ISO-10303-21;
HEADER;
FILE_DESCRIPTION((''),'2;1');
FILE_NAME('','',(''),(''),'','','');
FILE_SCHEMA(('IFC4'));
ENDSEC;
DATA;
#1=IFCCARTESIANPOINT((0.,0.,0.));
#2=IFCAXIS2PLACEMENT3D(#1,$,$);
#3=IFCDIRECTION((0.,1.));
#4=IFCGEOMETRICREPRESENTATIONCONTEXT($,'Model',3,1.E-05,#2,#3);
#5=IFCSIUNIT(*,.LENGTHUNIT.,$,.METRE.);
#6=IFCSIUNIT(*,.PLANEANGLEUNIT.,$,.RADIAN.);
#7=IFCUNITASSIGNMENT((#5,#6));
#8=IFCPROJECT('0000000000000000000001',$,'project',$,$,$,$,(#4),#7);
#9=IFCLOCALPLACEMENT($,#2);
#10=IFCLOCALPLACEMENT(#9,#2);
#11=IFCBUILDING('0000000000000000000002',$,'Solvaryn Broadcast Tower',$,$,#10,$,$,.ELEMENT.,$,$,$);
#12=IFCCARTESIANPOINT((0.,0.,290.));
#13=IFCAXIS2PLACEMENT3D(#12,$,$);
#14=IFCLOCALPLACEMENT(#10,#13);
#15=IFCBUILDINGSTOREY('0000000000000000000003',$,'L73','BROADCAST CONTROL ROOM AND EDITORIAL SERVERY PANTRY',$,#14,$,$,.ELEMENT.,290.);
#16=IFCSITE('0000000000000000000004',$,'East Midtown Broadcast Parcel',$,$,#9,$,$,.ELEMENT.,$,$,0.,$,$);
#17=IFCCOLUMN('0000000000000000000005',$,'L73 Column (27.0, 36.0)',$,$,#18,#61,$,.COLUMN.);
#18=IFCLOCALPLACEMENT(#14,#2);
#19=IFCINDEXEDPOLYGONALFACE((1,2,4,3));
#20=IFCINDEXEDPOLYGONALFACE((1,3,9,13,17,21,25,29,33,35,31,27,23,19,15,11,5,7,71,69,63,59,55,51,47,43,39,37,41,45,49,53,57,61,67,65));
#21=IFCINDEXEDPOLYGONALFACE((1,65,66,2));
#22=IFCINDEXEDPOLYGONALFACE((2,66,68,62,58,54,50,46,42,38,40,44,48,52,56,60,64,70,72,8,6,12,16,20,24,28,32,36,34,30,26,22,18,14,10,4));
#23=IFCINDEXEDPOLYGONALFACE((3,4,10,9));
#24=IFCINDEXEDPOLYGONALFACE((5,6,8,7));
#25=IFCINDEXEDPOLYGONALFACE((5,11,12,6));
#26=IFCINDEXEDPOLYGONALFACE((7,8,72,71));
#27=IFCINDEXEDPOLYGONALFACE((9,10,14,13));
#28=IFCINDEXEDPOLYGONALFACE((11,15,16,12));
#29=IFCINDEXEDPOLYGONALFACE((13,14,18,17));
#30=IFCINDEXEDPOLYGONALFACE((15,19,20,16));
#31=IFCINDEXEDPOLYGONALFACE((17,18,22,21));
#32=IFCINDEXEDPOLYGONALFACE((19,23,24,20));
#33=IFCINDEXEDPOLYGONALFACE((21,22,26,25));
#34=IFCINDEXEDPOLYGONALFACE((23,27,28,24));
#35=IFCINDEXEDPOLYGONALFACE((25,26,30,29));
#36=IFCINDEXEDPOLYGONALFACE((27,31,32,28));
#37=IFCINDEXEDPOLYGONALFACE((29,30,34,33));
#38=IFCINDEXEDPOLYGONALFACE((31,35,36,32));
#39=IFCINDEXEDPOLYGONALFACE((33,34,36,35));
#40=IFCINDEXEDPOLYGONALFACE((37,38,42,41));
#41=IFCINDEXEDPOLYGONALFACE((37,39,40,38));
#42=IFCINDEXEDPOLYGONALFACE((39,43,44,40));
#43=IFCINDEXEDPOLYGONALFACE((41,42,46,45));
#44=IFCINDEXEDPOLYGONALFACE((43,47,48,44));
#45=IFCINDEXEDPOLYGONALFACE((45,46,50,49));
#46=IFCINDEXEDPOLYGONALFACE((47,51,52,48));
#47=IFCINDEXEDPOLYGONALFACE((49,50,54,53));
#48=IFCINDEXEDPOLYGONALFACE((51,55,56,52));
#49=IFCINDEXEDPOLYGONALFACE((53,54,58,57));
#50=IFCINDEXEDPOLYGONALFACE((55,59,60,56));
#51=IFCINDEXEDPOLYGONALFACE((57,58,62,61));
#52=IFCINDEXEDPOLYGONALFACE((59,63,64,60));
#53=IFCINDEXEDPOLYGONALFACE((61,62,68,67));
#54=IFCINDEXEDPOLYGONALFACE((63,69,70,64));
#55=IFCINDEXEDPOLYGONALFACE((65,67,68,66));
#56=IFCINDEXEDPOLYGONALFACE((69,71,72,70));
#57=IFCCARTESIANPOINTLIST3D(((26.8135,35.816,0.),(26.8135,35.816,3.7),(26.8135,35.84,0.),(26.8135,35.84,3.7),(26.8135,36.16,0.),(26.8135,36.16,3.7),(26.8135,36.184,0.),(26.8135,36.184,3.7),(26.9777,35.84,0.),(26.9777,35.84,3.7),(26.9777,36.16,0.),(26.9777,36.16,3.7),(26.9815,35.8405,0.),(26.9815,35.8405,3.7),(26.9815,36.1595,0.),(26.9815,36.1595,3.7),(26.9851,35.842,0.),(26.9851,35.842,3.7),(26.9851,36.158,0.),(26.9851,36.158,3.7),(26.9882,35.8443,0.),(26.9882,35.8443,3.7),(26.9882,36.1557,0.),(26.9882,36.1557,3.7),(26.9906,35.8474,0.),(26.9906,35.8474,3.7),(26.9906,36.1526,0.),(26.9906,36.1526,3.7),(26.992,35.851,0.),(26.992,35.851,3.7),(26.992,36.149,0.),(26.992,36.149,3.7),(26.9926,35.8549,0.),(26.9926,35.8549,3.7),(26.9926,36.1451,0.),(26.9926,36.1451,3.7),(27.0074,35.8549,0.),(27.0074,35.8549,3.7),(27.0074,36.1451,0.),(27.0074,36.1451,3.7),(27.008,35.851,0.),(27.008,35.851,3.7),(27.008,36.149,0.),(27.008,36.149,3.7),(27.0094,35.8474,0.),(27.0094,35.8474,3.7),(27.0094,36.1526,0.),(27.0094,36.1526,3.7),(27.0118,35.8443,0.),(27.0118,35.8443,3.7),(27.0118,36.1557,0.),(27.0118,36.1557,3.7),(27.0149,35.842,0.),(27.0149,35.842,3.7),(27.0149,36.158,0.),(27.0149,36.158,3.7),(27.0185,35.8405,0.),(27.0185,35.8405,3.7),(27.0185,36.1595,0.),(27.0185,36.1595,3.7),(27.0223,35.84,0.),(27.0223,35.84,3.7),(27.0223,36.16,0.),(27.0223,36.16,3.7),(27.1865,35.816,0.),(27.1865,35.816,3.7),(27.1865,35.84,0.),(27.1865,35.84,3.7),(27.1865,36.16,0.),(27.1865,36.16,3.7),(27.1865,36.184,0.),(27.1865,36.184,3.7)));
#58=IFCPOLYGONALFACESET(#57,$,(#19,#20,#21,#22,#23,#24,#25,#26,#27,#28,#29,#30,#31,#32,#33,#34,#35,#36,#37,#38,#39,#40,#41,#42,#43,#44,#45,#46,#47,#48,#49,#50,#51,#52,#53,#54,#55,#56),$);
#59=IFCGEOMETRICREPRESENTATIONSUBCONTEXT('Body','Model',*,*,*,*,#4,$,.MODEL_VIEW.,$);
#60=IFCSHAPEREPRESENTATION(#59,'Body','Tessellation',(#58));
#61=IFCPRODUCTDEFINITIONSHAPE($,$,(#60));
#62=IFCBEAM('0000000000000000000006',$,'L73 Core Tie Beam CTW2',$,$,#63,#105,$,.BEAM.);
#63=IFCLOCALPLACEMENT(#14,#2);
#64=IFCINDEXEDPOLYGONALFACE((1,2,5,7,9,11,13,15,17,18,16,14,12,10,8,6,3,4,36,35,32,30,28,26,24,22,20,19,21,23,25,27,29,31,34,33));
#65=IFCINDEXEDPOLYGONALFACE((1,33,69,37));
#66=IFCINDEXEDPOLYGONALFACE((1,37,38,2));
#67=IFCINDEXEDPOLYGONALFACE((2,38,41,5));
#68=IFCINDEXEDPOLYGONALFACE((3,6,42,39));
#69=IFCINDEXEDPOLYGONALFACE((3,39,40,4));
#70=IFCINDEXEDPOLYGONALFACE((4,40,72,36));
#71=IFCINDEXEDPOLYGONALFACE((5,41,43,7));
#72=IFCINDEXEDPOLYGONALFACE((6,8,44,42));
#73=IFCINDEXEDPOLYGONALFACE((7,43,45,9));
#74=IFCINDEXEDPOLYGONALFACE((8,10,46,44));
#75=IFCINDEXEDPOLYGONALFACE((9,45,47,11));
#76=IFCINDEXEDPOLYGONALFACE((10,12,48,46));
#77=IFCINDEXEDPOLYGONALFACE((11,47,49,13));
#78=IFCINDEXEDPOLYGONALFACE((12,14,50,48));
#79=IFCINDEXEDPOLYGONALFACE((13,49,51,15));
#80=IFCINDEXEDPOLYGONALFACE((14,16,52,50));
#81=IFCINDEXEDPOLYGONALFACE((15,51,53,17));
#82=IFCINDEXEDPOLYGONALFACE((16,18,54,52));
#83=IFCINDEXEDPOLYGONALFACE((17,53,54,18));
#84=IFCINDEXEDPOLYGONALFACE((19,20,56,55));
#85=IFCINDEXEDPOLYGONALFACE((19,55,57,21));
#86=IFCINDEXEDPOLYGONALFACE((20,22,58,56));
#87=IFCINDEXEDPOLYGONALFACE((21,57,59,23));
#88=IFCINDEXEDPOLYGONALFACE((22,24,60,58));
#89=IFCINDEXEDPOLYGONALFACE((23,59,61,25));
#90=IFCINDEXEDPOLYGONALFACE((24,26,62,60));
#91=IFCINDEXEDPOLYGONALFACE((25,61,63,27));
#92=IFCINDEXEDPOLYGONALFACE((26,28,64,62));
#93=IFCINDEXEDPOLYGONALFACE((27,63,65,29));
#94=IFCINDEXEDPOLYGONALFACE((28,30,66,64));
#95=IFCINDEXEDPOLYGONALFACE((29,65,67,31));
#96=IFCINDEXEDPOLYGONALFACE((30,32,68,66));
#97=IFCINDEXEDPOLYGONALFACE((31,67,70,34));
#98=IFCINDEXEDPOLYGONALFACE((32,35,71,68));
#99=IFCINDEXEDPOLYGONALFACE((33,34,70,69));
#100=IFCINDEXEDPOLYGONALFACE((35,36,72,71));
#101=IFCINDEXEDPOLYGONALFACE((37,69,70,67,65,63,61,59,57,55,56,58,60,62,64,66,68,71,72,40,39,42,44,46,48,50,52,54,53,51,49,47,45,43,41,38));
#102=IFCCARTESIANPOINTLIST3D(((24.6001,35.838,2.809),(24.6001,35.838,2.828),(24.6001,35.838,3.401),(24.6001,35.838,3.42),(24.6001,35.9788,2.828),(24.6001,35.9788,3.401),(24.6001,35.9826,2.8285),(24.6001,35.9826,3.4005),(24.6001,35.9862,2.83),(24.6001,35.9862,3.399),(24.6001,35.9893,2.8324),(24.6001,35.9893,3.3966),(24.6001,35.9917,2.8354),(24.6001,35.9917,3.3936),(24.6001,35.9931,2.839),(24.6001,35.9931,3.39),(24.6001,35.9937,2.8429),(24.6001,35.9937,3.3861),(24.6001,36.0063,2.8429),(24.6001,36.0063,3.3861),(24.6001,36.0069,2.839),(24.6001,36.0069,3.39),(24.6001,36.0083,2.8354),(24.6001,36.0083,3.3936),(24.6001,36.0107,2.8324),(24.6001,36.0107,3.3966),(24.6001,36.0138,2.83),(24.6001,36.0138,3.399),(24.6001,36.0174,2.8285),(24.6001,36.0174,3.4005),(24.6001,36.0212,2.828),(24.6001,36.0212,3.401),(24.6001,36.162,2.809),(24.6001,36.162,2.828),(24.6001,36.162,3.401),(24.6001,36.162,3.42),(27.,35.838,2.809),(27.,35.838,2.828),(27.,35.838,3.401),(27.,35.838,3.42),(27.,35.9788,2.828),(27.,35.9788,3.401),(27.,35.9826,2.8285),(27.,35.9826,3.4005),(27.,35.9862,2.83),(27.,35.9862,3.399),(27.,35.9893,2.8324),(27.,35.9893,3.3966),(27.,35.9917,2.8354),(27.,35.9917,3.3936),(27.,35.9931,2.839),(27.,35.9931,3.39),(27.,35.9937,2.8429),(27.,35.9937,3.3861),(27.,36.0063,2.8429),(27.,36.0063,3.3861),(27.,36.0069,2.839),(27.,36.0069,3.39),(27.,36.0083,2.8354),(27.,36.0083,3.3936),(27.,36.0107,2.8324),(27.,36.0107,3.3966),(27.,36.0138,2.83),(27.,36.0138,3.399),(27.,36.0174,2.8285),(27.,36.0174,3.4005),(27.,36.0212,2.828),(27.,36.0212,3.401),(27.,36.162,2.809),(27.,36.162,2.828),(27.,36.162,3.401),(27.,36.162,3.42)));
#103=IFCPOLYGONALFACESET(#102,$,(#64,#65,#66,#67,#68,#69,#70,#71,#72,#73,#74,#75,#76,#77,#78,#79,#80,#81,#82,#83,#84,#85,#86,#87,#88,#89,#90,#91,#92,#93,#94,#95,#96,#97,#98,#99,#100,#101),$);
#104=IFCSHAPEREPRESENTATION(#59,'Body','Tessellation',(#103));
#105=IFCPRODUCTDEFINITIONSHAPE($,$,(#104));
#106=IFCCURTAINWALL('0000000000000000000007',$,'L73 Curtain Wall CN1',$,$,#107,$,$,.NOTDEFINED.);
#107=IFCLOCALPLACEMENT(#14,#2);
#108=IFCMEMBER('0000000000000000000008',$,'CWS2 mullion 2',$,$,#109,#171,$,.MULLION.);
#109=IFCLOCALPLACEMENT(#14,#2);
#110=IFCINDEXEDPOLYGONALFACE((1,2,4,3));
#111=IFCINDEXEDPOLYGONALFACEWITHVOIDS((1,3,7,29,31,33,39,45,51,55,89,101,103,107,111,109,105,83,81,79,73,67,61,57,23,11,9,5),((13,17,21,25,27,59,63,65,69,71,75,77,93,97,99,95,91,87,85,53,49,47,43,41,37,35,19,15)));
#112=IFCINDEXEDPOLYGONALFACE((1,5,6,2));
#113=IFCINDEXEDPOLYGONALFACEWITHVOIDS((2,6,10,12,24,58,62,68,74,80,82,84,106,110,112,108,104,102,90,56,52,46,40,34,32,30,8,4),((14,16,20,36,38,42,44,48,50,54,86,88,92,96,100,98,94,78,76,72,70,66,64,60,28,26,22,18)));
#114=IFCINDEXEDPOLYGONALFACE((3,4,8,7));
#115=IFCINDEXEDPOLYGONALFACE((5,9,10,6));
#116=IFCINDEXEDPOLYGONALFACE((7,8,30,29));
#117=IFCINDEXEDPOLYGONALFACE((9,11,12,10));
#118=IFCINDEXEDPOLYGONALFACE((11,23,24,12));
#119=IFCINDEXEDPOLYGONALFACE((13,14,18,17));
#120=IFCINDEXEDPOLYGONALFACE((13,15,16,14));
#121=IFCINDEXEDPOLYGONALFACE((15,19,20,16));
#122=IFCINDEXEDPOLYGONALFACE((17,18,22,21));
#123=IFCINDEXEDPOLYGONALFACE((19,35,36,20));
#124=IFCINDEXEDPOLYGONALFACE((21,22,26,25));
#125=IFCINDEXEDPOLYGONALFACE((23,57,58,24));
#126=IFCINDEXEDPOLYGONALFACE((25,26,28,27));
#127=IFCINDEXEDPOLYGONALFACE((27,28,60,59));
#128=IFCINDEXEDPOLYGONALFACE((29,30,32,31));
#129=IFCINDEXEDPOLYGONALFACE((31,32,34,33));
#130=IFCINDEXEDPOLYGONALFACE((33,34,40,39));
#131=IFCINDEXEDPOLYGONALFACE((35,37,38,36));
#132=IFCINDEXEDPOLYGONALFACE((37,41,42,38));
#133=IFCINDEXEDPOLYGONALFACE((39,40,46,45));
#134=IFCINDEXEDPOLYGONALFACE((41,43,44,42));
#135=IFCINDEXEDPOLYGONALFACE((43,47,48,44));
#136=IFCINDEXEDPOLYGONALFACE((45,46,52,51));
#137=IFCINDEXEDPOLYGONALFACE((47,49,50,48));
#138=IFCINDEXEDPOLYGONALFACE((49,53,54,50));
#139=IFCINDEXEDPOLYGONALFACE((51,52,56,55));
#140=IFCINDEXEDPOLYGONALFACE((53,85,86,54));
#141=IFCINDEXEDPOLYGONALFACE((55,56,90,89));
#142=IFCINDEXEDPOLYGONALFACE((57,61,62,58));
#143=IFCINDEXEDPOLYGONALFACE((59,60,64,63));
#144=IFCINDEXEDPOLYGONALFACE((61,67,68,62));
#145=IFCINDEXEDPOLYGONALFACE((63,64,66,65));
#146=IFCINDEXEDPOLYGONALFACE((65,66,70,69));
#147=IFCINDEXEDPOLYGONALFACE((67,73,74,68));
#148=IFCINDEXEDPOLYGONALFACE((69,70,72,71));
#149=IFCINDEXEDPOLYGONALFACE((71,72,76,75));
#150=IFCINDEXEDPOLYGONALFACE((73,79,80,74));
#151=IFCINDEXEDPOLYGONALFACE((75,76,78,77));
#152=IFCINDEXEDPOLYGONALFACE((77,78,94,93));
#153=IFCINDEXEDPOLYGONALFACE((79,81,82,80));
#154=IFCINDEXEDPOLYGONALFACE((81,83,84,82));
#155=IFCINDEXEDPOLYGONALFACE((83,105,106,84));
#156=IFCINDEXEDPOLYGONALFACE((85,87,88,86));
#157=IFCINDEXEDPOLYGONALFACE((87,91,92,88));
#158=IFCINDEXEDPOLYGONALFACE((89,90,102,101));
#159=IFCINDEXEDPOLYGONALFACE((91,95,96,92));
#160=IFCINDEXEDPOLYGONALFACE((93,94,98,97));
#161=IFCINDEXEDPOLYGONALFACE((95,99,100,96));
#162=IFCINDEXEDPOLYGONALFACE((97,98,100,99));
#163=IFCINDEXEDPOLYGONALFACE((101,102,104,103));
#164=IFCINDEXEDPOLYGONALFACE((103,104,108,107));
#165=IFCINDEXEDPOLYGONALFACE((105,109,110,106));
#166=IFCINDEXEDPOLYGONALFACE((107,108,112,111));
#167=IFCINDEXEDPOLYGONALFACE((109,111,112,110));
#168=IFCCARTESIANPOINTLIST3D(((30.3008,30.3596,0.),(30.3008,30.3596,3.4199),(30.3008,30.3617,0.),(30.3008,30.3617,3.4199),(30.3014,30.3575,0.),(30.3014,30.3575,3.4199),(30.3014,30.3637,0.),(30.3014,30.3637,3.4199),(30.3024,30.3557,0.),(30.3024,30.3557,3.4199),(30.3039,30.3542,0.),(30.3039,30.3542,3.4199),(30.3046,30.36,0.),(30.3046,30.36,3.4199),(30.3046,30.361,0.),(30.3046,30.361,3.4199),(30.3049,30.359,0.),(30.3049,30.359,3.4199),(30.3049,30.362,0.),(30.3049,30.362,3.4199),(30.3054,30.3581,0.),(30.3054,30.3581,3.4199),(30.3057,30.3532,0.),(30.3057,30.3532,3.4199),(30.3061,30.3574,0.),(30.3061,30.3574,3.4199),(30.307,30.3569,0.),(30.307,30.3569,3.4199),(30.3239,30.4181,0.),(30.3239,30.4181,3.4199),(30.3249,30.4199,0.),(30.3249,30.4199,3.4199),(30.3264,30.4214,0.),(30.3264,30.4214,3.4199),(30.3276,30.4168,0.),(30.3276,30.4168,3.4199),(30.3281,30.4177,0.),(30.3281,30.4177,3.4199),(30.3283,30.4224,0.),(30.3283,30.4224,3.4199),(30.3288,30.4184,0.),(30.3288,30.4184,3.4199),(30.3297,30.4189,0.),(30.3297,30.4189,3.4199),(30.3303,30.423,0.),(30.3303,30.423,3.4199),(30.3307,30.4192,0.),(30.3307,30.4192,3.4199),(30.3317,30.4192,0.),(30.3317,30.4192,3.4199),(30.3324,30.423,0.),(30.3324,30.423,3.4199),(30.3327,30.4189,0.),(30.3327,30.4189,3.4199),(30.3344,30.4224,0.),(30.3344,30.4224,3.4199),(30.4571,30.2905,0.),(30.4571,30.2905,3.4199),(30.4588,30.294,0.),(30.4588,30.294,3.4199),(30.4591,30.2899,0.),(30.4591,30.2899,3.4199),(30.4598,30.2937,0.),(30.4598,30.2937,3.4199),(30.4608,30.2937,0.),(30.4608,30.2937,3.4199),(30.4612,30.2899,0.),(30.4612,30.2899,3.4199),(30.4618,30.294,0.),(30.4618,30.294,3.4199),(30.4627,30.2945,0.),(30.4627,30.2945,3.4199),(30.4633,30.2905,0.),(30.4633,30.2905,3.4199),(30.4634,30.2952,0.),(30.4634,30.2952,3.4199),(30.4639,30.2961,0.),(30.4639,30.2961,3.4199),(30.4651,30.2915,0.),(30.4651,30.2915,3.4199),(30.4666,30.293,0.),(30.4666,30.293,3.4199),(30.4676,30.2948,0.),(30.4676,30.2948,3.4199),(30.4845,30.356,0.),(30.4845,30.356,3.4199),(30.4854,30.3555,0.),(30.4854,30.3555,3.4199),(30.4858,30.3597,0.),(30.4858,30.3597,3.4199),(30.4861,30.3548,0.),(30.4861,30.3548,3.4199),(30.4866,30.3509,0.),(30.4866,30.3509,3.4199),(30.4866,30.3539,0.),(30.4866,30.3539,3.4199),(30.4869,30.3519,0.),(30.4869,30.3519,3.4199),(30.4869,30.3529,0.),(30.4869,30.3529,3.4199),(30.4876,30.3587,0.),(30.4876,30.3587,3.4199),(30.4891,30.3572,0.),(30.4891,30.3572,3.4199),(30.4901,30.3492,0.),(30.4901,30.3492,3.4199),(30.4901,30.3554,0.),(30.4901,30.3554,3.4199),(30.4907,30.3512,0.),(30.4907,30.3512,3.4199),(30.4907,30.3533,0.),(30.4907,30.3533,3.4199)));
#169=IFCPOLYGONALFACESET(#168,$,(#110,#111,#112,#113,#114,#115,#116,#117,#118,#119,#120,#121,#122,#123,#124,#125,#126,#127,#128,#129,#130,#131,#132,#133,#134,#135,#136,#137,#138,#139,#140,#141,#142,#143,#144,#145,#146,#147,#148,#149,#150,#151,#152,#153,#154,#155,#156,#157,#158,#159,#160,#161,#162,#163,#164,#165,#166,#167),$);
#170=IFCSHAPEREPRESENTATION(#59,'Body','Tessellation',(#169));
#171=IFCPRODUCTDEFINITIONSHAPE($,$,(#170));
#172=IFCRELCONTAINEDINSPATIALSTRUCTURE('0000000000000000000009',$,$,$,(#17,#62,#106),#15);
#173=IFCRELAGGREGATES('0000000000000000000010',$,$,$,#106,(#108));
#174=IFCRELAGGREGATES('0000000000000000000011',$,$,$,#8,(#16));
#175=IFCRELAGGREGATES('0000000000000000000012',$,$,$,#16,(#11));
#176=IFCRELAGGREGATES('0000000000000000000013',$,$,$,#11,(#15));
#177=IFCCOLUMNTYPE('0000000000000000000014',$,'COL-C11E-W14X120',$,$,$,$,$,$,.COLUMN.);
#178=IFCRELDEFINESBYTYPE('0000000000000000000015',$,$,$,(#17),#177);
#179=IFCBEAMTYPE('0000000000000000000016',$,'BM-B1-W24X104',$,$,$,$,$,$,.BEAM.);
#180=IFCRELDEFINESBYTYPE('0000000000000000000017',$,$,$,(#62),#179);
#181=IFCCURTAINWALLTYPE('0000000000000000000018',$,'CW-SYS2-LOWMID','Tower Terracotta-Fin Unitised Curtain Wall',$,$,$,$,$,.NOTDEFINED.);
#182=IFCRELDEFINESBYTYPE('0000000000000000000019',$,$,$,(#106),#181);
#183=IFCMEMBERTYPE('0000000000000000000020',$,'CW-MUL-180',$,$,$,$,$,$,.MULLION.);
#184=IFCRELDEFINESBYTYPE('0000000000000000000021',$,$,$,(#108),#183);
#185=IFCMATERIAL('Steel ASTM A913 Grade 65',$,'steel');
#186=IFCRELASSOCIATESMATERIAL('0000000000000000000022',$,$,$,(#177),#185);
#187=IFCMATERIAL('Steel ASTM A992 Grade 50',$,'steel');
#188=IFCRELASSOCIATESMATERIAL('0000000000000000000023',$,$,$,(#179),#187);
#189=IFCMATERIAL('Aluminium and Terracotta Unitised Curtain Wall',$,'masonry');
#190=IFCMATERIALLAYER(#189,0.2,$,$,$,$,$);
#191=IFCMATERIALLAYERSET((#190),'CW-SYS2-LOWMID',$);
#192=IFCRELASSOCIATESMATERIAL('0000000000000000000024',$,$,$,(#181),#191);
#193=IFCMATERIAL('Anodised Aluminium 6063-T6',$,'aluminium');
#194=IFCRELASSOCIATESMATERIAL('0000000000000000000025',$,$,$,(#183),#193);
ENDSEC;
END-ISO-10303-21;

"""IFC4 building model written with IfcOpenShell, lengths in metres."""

from ifc_helpers import new_model, si_unit, direction, frame, origin, origin_2d, place, context, subcontext, project, spatial, hollow_rectangle, i_section, extrude, material, layer, layer_set, material_profile, profile_set, type_object, element, aggregate, save


model = new_model("IFC4")

# Units and contexts
model_context = context("Model", 3, precision=1e-05, world=origin(), true_north=direction((0.0, 1.0)))
body_context = subcontext(model_context, "Body", "Model", "MODEL_VIEW")
ifc_project = project(units=[si_unit("LENGTHUNIT", "METRE"), si_unit("PLANEANGLEUNIT", "RADIAN")], contexts=[model_context])

# Site, building, storey
site_placement = place(None, origin())
site = spatial("IfcSite", under=ifc_project, at=site_placement, Name="East Midtown Broadcast Parcel", CompositionType="ELEMENT", RefElevation=0.0)
building_placement = place(site_placement, origin())
building = spatial("IfcBuilding", under=site, at=building_placement, Name="Solvaryn Broadcast Tower", CompositionType="ELEMENT")
storey_placement = place(building_placement, frame((0.0, 0.0, 290.0)))
storey = spatial("IfcBuildingStorey", under=building, at=storey_placement, Name="L73", Description="BROADCAST CONTROL ROOM AND EDITORIAL SERVERY PANTRY", CompositionType="ELEMENT", Elevation=290.0)

# Column
ifc_material_1 = material(Name="Steel ASTM A913 Grade 65", Category="steel")
ifc_material_profile_1 = material_profile(ifc_material_1, i_section(OverallWidth=0.373, OverallDepth=0.3679, WebThickness=0.0149, FlangeThickness=0.0239, FilletRadius=0.0149, at=origin_2d()))
ifc_profile_set_1 = profile_set([ifc_material_profile_1], Name="Steel ASTM A913 Grade 65")
column_type = type_object("IfcColumnType", Name="COL-C11E-W14X120", PredefinedType="COLUMN", material=ifc_profile_set_1)
column_placement = place(storey_placement, frame((27.0, 36.0, 0.0), z_axis=(0.0, 0.0, 1.0), x_axis=(1.0, 0.0, 0.0)))
element("IfcColumn", 1, at=column_placement, inside=storey, type_object=column_type, Name="L73 Column (27.0, 36.0)", PredefinedType="COLUMN", context=body_context, shape_type="SweptSolid", body=[
    extrude(i_section(OverallWidth=0.373, OverallDepth=0.3679, WebThickness=0.0149, FlangeThickness=0.0239, FilletRadius=0.0149, at=origin_2d()), origin(), (0.0, 0.0, 1.0), 3.7),
])

# Beam
ifc_material_2 = material(Name="Steel ASTM A992 Grade 50", Category="steel")
ifc_material_profile_2 = material_profile(ifc_material_2, i_section(OverallWidth=0.324, OverallDepth=0.6111, WebThickness=0.0127, FlangeThickness=0.019, FilletRadius=0.0149, at=origin_2d()))
ifc_profile_set_2 = profile_set([ifc_material_profile_2], Name="Steel ASTM A992 Grade 50")
beam_type = type_object("IfcBeamType", Name="BM-B1-W24X104", PredefinedType="BEAM", material=ifc_profile_set_2)
beam_placement = place(storey_placement, frame((24.6001, 36.0, 3.1145), z_axis=(1.0, 0.0, 0.0), x_axis=(0.0, 1.0, 0.0)))
element("IfcBeam", 2, at=beam_placement, inside=storey, type_object=beam_type, Name="L73 Core Tie Beam CTW2", PredefinedType="BEAM", context=body_context, shape_type="SweptSolid", body=[
    extrude(i_section(OverallWidth=0.324, OverallDepth=0.6111, WebThickness=0.0127, FlangeThickness=0.019, FilletRadius=0.0149, at=origin_2d()), origin(), (0.0, 0.0, 1.0), 2.3999),
])

# Curtain wall, member
ifc_material_3 = material(Name="Aluminium and Terracotta Unitised Curtain Wall", Category="masonry")
ifc_layer_1 = layer(ifc_material_3, 0.2)
ifc_layer_set_1 = layer_set([ifc_layer_1], Name="CW-SYS2-LOWMID")
curtain_wall_type = type_object("IfcCurtainWallType", Name="CW-SYS2-LOWMID", Description="Tower Terracotta-Fin Unitised Curtain Wall", PredefinedType="NOTDEFINED", material=ifc_layer_set_1)
curtain_wall_1_placement = place(storey_placement, origin())
curtain_wall_1 = element("IfcCurtainWall", 3, at=curtain_wall_1_placement, inside=storey, type_object=curtain_wall_type, Name="L73 Curtain Wall CN1", PredefinedType="NOTDEFINED")
ifc_material_4 = material(Name="Anodised Aluminium 6063-T6", Category="aluminium")
ifc_material_profile_3 = material_profile(ifc_material_4, hollow_rectangle(XDim=0.075, YDim=0.1799, WallThickness=0.0039, InnerFilletRadius=0.0039, OuterFilletRadius=0.0081, at=origin_2d()))
ifc_profile_set_3 = profile_set([ifc_material_profile_3], Name="Anodised Aluminium 6063-T6")
member_type_1 = type_object("IfcMemberType", Name="CW-MUL-180", PredefinedType="MULLION", material=ifc_profile_set_3)
member_1_placement = place(storey_placement, frame((30.3958, 30.3564, 0.0), z_axis=(0.0, 0.0, 1.0), x_axis=(-0.382646, -0.923895, 0.0)))
member_1 = element("IfcMember", 4, at=member_1_placement, type_object=member_type_1, Name="CWS2 mullion 2", PredefinedType="MULLION", context=body_context, shape_type="SweptSolid", body=[
    extrude(hollow_rectangle(XDim=0.075, YDim=0.1799, WallThickness=0.0039, InnerFilletRadius=0.0039, OuterFilletRadius=0.0081, at=origin_2d()), origin(), (0.0, 0.0, 1.0), 3.4199),
])

aggregate(curtain_wall_1, [member_1])

save(model, "model.ifc")
